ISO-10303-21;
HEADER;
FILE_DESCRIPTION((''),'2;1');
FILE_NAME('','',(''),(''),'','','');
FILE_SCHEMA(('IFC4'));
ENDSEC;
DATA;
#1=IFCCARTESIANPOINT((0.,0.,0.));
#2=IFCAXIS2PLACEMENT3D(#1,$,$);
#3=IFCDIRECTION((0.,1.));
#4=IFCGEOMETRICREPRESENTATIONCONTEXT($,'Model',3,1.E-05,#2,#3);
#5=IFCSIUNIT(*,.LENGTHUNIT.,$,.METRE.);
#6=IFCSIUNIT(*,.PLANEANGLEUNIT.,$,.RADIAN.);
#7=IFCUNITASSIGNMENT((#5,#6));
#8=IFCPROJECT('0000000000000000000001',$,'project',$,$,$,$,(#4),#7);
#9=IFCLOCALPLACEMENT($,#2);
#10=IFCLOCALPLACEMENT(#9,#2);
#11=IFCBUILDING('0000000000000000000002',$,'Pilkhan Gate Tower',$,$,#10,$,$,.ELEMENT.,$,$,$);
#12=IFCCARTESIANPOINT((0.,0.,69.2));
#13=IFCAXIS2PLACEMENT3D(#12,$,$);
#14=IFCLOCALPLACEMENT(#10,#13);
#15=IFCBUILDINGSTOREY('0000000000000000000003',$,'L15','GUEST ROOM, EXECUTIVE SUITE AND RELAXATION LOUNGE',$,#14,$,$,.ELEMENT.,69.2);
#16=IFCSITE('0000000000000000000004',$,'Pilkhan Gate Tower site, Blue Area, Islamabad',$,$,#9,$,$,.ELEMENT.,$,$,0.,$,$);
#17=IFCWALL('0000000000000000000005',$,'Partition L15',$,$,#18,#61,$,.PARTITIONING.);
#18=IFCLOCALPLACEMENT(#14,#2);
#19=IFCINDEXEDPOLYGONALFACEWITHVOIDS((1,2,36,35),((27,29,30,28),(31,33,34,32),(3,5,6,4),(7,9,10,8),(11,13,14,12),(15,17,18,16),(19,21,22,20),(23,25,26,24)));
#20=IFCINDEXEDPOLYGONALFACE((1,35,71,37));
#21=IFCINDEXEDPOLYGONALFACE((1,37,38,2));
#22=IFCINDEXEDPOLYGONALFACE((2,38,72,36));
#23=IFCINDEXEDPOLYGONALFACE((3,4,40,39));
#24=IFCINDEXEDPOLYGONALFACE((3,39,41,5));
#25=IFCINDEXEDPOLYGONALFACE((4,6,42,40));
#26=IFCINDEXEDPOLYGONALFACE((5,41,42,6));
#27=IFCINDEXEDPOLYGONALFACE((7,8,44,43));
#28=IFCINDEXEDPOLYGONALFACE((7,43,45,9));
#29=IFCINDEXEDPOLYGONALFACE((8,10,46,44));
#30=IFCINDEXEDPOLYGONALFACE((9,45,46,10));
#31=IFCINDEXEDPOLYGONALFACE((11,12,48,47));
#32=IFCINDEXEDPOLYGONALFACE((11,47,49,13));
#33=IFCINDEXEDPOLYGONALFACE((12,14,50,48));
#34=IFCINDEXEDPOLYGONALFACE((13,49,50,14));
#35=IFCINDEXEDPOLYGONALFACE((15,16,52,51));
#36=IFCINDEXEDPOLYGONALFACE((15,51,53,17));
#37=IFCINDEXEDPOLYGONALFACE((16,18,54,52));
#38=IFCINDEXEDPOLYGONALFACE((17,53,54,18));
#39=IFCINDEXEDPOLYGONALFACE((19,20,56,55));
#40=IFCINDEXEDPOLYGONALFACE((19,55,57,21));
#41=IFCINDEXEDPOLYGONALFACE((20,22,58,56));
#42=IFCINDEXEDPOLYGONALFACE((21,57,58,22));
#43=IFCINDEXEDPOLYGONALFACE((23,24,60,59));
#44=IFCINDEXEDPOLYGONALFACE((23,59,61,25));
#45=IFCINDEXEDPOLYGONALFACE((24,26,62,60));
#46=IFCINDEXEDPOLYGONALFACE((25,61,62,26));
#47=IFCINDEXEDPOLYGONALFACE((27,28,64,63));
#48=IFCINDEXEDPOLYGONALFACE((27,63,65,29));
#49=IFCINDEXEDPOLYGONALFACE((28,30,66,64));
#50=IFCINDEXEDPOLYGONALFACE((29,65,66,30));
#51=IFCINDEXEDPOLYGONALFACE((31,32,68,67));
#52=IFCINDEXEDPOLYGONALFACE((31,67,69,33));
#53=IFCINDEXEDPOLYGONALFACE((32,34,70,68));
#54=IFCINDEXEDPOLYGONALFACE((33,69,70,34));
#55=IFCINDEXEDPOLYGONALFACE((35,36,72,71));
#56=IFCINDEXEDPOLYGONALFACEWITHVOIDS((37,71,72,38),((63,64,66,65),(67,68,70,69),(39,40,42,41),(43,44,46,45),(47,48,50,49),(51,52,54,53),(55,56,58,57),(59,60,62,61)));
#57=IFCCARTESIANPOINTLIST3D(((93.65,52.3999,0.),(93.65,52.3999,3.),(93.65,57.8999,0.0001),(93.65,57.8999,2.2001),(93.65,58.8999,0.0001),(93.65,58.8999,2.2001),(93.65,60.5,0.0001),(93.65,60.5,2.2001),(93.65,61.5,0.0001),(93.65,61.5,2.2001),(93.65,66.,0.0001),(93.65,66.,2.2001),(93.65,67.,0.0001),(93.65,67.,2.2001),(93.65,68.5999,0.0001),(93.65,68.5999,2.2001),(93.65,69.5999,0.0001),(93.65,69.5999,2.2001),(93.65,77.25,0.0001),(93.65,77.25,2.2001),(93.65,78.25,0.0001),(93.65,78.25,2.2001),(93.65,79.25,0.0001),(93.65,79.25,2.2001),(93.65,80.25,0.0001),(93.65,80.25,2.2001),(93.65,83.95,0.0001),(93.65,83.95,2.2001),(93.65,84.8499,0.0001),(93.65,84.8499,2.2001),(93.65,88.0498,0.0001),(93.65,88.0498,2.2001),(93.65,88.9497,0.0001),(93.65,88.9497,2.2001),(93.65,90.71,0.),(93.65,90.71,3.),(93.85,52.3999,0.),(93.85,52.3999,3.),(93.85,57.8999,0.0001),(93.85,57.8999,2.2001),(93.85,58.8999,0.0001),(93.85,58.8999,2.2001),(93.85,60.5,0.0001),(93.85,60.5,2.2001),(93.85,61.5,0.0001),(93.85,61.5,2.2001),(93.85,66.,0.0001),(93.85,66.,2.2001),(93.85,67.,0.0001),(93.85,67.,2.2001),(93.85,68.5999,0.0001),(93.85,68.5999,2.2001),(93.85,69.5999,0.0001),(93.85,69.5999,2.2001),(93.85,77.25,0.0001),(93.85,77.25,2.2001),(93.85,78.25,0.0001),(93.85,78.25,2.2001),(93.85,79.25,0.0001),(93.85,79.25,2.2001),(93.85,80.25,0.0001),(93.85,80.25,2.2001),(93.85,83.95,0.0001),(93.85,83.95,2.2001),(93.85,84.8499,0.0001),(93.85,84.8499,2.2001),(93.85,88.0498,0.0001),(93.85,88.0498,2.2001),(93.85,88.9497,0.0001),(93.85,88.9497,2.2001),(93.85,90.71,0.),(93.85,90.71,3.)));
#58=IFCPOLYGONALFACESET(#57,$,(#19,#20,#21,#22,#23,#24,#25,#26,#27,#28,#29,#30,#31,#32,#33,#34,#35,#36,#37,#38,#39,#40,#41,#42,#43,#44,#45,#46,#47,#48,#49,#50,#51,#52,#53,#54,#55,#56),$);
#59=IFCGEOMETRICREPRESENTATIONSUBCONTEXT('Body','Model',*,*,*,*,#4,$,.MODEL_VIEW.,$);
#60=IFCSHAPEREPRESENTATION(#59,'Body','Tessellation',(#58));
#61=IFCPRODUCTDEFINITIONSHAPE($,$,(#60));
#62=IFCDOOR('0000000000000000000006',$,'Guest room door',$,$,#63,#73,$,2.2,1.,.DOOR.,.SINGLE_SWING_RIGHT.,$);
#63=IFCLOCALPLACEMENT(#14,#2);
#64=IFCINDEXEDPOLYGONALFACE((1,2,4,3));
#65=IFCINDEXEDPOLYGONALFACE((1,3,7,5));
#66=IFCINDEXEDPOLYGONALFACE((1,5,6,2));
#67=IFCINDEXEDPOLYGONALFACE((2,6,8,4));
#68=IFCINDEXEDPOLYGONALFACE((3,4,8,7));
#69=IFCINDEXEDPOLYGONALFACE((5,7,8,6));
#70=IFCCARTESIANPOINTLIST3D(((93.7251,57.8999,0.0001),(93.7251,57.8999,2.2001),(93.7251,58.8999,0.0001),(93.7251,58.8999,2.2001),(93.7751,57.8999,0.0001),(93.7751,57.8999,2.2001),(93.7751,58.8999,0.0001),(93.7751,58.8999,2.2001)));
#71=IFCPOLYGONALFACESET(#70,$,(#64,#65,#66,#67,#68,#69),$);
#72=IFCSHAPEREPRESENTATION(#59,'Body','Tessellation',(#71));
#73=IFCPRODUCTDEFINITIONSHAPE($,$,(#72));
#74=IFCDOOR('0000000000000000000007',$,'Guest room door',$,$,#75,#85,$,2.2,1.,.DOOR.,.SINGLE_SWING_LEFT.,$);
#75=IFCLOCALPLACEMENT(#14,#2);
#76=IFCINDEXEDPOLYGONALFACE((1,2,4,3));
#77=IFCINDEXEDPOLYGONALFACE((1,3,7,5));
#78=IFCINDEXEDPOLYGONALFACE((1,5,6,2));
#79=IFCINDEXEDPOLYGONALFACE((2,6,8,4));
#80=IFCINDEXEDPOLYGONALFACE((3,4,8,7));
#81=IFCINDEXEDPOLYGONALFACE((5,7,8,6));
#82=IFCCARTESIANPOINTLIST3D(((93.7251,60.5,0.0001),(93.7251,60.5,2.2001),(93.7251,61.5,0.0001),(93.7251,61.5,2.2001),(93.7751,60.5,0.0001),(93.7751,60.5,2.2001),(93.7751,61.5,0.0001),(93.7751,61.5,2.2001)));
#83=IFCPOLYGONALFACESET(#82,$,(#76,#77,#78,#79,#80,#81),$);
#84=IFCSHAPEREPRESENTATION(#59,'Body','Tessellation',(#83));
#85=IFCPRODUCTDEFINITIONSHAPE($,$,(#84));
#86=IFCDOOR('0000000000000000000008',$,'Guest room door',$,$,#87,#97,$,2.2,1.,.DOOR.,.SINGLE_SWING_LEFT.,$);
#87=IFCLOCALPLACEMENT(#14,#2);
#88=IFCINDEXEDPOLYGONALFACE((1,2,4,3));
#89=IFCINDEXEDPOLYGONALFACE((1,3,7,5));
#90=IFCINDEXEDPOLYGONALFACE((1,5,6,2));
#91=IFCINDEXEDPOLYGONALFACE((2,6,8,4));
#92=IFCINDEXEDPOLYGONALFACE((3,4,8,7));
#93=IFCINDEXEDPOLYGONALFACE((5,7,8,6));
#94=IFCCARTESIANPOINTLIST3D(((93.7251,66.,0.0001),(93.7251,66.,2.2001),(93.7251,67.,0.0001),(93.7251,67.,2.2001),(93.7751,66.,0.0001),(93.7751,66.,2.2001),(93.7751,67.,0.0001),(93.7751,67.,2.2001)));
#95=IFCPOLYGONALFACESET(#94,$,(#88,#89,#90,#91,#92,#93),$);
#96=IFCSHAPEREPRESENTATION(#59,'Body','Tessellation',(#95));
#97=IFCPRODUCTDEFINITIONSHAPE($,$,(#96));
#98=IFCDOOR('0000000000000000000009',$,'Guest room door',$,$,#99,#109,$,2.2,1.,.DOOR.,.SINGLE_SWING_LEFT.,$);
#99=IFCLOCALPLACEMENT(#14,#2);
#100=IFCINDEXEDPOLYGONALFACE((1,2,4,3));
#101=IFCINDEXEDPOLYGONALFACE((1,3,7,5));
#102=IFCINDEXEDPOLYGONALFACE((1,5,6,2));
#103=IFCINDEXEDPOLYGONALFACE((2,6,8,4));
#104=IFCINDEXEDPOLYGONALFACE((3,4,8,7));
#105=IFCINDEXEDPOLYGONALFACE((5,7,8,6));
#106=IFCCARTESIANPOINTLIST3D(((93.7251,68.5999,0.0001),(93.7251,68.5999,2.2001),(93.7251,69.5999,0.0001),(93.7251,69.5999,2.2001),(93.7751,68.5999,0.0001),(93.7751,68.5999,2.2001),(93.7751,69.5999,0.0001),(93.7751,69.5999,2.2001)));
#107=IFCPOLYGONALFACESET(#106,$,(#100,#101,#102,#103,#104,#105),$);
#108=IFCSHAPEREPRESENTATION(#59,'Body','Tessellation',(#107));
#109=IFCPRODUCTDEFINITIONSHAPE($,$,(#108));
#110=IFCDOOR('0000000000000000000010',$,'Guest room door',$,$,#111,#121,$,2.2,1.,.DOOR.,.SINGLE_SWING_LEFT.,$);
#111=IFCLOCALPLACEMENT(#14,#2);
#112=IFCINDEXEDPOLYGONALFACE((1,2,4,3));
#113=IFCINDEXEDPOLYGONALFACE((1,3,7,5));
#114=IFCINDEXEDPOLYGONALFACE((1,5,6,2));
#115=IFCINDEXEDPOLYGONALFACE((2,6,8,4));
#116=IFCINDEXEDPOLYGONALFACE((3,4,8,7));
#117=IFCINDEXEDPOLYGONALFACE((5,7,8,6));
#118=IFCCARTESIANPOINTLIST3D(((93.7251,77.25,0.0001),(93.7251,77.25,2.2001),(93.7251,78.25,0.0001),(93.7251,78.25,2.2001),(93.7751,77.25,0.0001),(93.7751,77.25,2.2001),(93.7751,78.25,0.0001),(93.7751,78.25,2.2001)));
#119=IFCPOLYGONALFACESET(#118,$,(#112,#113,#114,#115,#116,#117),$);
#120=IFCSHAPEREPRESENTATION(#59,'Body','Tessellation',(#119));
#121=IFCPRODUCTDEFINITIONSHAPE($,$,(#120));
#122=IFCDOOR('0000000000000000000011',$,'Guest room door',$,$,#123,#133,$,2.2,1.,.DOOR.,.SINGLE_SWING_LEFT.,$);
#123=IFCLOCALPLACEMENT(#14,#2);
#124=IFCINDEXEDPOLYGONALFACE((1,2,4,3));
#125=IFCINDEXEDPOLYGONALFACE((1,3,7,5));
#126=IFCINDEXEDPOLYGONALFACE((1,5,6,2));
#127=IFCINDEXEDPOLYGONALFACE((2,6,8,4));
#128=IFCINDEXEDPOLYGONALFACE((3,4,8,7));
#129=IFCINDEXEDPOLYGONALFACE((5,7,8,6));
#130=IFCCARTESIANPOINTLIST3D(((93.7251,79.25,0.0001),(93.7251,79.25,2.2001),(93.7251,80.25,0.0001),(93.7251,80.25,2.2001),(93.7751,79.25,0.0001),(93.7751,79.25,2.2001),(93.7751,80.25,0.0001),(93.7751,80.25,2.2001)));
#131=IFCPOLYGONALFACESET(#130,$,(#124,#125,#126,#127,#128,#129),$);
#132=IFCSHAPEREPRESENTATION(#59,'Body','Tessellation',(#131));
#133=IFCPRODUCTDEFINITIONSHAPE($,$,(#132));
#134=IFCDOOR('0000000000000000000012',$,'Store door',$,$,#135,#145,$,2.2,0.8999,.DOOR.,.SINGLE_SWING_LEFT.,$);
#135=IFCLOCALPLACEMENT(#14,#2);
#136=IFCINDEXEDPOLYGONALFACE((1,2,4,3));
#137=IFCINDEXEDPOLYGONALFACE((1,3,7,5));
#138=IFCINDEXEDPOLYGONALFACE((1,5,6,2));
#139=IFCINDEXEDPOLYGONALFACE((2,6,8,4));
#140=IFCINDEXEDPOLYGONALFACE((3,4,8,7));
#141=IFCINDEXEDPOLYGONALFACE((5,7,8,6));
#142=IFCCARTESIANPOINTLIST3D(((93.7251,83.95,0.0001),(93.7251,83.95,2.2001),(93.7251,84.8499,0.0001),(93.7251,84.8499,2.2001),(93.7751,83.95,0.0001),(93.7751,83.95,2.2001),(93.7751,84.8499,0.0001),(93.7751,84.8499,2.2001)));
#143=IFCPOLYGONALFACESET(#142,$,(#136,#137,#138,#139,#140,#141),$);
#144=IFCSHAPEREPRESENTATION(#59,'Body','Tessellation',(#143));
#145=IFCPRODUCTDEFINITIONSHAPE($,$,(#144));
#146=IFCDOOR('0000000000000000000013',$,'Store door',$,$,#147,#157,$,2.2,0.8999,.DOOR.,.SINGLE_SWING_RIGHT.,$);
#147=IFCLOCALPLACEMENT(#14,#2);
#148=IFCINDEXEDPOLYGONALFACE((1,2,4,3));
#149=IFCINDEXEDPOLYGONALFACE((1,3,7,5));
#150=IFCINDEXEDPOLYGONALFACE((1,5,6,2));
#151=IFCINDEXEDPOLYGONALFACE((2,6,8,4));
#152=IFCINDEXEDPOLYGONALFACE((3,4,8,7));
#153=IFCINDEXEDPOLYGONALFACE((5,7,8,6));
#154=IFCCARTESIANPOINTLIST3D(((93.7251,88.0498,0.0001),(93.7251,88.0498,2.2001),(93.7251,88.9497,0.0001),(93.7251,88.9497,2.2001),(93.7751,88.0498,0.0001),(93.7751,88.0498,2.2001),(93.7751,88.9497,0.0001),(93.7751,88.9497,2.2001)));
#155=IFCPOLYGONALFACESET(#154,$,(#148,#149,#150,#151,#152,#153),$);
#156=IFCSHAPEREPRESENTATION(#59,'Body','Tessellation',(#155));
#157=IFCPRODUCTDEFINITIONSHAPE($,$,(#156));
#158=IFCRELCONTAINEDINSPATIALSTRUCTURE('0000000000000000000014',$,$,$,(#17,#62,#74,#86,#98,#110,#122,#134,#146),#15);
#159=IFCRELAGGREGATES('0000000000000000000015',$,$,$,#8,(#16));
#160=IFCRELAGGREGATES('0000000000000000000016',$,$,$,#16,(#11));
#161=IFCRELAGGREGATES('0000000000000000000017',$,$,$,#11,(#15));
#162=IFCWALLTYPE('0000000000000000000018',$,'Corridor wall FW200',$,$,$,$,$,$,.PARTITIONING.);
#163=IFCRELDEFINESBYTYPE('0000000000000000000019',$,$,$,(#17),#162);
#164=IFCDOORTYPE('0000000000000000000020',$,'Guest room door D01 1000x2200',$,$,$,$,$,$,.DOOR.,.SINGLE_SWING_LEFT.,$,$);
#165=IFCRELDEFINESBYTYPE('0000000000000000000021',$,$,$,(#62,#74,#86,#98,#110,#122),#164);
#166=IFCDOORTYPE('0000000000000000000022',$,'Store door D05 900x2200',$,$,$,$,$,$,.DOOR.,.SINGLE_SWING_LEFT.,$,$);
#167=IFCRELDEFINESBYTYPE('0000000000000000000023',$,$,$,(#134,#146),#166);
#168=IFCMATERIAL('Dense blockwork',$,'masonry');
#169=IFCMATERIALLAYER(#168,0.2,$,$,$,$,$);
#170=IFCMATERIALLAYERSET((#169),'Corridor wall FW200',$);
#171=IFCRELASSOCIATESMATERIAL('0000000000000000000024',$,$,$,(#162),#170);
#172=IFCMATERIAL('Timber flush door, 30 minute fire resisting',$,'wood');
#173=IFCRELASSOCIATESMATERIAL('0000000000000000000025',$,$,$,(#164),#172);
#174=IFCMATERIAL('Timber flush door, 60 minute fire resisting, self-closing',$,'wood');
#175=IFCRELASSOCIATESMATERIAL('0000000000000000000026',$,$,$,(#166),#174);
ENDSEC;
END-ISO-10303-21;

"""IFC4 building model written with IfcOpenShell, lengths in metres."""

from ifc_helpers import new_model, si_unit, direction, frame, frame_2d, origin, place, context, subcontext, project, spatial, rectangle, extrude, material, layer, layer_set, type_object, element, fill, save


model = new_model("IFC4")

# Units and contexts
model_context = context("Model", 3, precision=1e-05, world=origin(), true_north=direction((0.0, 1.0)))
body_context = subcontext(model_context, "Body", "Model", "MODEL_VIEW")
ifc_project = project(units=[si_unit("LENGTHUNIT", "METRE"), si_unit("PLANEANGLEUNIT", "RADIAN")], contexts=[model_context])

# Site, building, storey
site_placement = place(None, origin())
site = spatial("IfcSite", under=ifc_project, at=site_placement, Name="Pilkhan Gate Tower site, Blue Area, Islamabad", CompositionType="ELEMENT", RefElevation=0.0)
building_placement = place(site_placement, origin())
building = spatial("IfcBuilding", under=site, at=building_placement, Name="Pilkhan Gate Tower", CompositionType="ELEMENT")
storey_placement = place(building_placement, frame((0.0, 0.0, 69.2)))
storey = spatial("IfcBuildingStorey", under=building, at=storey_placement, Name="L15", Description="GUEST ROOM, EXECUTIVE SUITE AND RELAXATION LOUNGE", CompositionType="ELEMENT", Elevation=69.2)

# Wall, openings, doors
ifc_material_1 = material(Name="Dense blockwork", Category="masonry")
ifc_layer_1 = layer(ifc_material_1, 0.2)
ifc_layer_set_1 = layer_set([ifc_layer_1], Name="Corridor wall FW200")
wall_type_1 = type_object("IfcWallType", Name="Corridor wall FW200", PredefinedType="PARTITIONING", material=ifc_layer_set_1)
ifc_material_2 = material(Name="Timber flush door, 30 minute fire resisting", Category="wood")
wall_1_placement = place(storey_placement, frame((93.75, 52.3999, 0.0), z_axis=(0.0, 0.0, 1.0), x_axis=(0.0, 1.0, 0.0)))
wall_1 = element("IfcWall", 1, at=wall_1_placement, inside=storey, type_object=wall_type_1, Name="Partition L15", PredefinedType="PARTITIONING", context=body_context, shape_type="SweptSolid", body=[
    extrude(rectangle(XDim=38.3101, YDim=0.2, at=frame_2d((19.155, 0.0))), origin(), (0.0, 0.0, 1.0), 3.0),
])
opening_1_placement = place(wall_1_placement, frame((5.5, 0.0, 0.0)))
opening_1 = element("IfcOpeningElement", 2, at=opening_1_placement, cuts=wall_1, PredefinedType="OPENING", context=body_context, shape_type="SweptSolid", body=[
    extrude(rectangle(XDim=1.0, YDim=2.2, at=frame_2d((0.5, 1.1001))), frame((0.0, 0.1099, 0.0), z_axis=(0.0, -1.0, 0.0), x_axis=(1.0, 0.0, 0.0)), (0.0, 0.0, 1.0), 0.22),
])
opening_2_placement = place(wall_1_placement, frame((8.1001, 0.0, 0.0)))
opening_2 = element("IfcOpeningElement", 3, at=opening_2_placement, cuts=wall_1, PredefinedType="OPENING", context=body_context, shape_type="SweptSolid", body=[
    extrude(rectangle(XDim=1.0, YDim=2.2, at=frame_2d((0.5, 1.1001))), frame((0.0, 0.1099, 0.0), z_axis=(0.0, -1.0, 0.0), x_axis=(1.0, 0.0, 0.0)), (0.0, 0.0, 1.0), 0.22),
])
opening_3_placement = place(wall_1_placement, frame((13.6001, 0.0, 0.0)))
opening_3 = element("IfcOpeningElement", 4, at=opening_3_placement, cuts=wall_1, PredefinedType="OPENING", context=body_context, shape_type="SweptSolid", body=[
    extrude(rectangle(XDim=1.0, YDim=2.2, at=frame_2d((0.5, 1.1001))), frame((0.0, 0.1099, 0.0), z_axis=(0.0, -1.0, 0.0), x_axis=(1.0, 0.0, 0.0)), (0.0, 0.0, 1.0), 0.22),
])
opening_4_placement = place(wall_1_placement, frame((16.2, 0.0, 0.0)))
opening_4 = element("IfcOpeningElement", 5, at=opening_4_placement, cuts=wall_1, PredefinedType="OPENING", context=body_context, shape_type="SweptSolid", body=[
    extrude(rectangle(XDim=1.0, YDim=2.2, at=frame_2d((0.5, 1.1001))), frame((0.0, 0.1099, 0.0), z_axis=(0.0, -1.0, 0.0), x_axis=(1.0, 0.0, 0.0)), (0.0, 0.0, 1.0), 0.22),
])
opening_5_placement = place(wall_1_placement, frame((24.8501, 0.0, 0.0)))
opening_5 = element("IfcOpeningElement", 6, at=opening_5_placement, cuts=wall_1, PredefinedType="OPENING", context=body_context, shape_type="SweptSolid", body=[
    extrude(rectangle(XDim=1.0, YDim=2.2, at=frame_2d((0.5, 1.1001))), frame((0.0, 0.1099, 0.0), z_axis=(0.0, -1.0, 0.0), x_axis=(1.0, 0.0, 0.0)), (0.0, 0.0, 1.0), 0.22),
])
opening_6_placement = place(wall_1_placement, frame((26.8501, 0.0, 0.0)))
opening_6 = element("IfcOpeningElement", 7, at=opening_6_placement, cuts=wall_1, PredefinedType="OPENING", context=body_context, shape_type="SweptSolid", body=[
    extrude(rectangle(XDim=1.0, YDim=2.2, at=frame_2d((0.5, 1.1001))), frame((0.0, 0.1099, 0.0), z_axis=(0.0, -1.0, 0.0), x_axis=(1.0, 0.0, 0.0)), (0.0, 0.0, 1.0), 0.22),
])
opening_7_placement = place(wall_1_placement, frame((31.55, 0.0, 0.0)))
opening_7 = element("IfcOpeningElement", 8, at=opening_7_placement, cuts=wall_1, PredefinedType="OPENING", context=body_context, shape_type="SweptSolid", body=[
    extrude(rectangle(XDim=0.8999, YDim=2.2, at=frame_2d((0.45, 1.1001))), frame((0.0, 0.1099, 0.0), z_axis=(0.0, -1.0, 0.0), x_axis=(1.0, 0.0, 0.0)), (0.0, 0.0, 1.0), 0.22),
])
opening_8_placement = place(wall_1_placement, frame((35.6499, 0.0, 0.0)))
opening_8 = element("IfcOpeningElement", 9, at=opening_8_placement, cuts=wall_1, PredefinedType="OPENING", context=body_context, shape_type="SweptSolid", body=[
    extrude(rectangle(XDim=0.8999, YDim=2.2, at=frame_2d((0.45, 1.1001))), frame((0.0, 0.1099, 0.0), z_axis=(0.0, -1.0, 0.0), x_axis=(1.0, 0.0, 0.0)), (0.0, 0.0, 1.0), 0.22),
])
door_type_1 = type_object("IfcDoorType", Name="Guest room door D01 1000x2200", OperationType="SINGLE_SWING_LEFT", PredefinedType="DOOR", material=ifc_material_2)
door_1_placement = place(opening_1_placement, origin())
door_1 = element("IfcDoor", 10, at=door_1_placement, inside=storey, type_object=door_type_1, Name="Guest room door", OperationType="SINGLE_SWING_RIGHT", OverallHeight=2.2, OverallWidth=1.0, PredefinedType="DOOR", context=body_context, shape_type="SweptSolid", body=[
    extrude(rectangle(XDim=1.0, YDim=2.2, at=frame_2d((0.5, 1.1001))), frame((0.0, 0.0249, 0.0), z_axis=(0.0, -1.0, 0.0), x_axis=(1.0, 0.0, 0.0)), (0.0, 0.0, 1.0), 0.05),
])
fill(opening_1, door_1)
door_2_placement = place(opening_2_placement, origin())
door_2 = element("IfcDoor", 11, at=door_2_placement, inside=storey, type_object=door_type_1, Name="Guest room door", OperationType="SINGLE_SWING_LEFT", OverallHeight=2.2, OverallWidth=1.0, PredefinedType="DOOR", context=body_context, shape_type="SweptSolid", body=[
    extrude(rectangle(XDim=1.0, YDim=2.2, at=frame_2d((0.5, 1.1001))), frame((0.0, 0.0249, 0.0), z_axis=(0.0, -1.0, 0.0), x_axis=(1.0, 0.0, 0.0)), (0.0, 0.0, 1.0), 0.05),
])
fill(opening_2, door_2)
door_3_placement = place(opening_3_placement, origin())
door_3 = element("IfcDoor", 12, at=door_3_placement, inside=storey, type_object=door_type_1, Name="Guest room door", OperationType="SINGLE_SWING_LEFT", OverallHeight=2.2, OverallWidth=1.0, PredefinedType="DOOR", context=body_context, shape_type="SweptSolid", body=[
    extrude(rectangle(XDim=1.0, YDim=2.2, at=frame_2d((0.5, 1.1001))), frame((0.0, 0.0249, 0.0), z_axis=(0.0, -1.0, 0.0), x_axis=(1.0, 0.0, 0.0)), (0.0, 0.0, 1.0), 0.05),
])
fill(opening_3, door_3)
door_4_placement = place(opening_4_placement, origin())
door_4 = element("IfcDoor", 13, at=door_4_placement, inside=storey, type_object=door_type_1, Name="Guest room door", OperationType="SINGLE_SWING_LEFT", OverallHeight=2.2, OverallWidth=1.0, PredefinedType="DOOR", context=body_context, shape_type="SweptSolid", body=[
    extrude(rectangle(XDim=1.0, YDim=2.2, at=frame_2d((0.5, 1.1001))), frame((0.0, 0.0249, 0.0), z_axis=(0.0, -1.0, 0.0), x_axis=(1.0, 0.0, 0.0)), (0.0, 0.0, 1.0), 0.05),
])
fill(opening_4, door_4)
door_5_placement = place(opening_5_placement, origin())
door_5 = element("IfcDoor", 14, at=door_5_placement, inside=storey, type_object=door_type_1, Name="Guest room door", OperationType="SINGLE_SWING_LEFT", OverallHeight=2.2, OverallWidth=1.0, PredefinedType="DOOR", context=body_context, shape_type="SweptSolid", body=[
    extrude(rectangle(XDim=1.0, YDim=2.2, at=frame_2d((0.5, 1.1001))), frame((0.0, 0.0249, 0.0), z_axis=(0.0, -1.0, 0.0), x_axis=(1.0, 0.0, 0.0)), (0.0, 0.0, 1.0), 0.05),
])
fill(opening_5, door_5)
door_6_placement = place(opening_6_placement, origin())
door_6 = element("IfcDoor", 15, at=door_6_placement, inside=storey, type_object=door_type_1, Name="Guest room door", OperationType="SINGLE_SWING_LEFT", OverallHeight=2.2, OverallWidth=1.0, PredefinedType="DOOR", context=body_context, shape_type="SweptSolid", body=[
    extrude(rectangle(XDim=1.0, YDim=2.2, at=frame_2d((0.5, 1.1001))), frame((0.0, 0.0249, 0.0), z_axis=(0.0, -1.0, 0.0), x_axis=(1.0, 0.0, 0.0)), (0.0, 0.0, 1.0), 0.05),
])
fill(opening_6, door_6)
ifc_material_3 = material(Name="Timber flush door, 60 minute fire resisting, self-closing", Category="wood")
door_type_2 = type_object("IfcDoorType", Name="Store door D05 900x2200", OperationType="SINGLE_SWING_LEFT", PredefinedType="DOOR", material=ifc_material_3)
door_7_placement = place(opening_7_placement, origin())
door_7 = element("IfcDoor", 16, at=door_7_placement, inside=storey, type_object=door_type_2, Name="Store door", OperationType="SINGLE_SWING_LEFT", OverallHeight=2.2, OverallWidth=0.8999, PredefinedType="DOOR", context=body_context, shape_type="SweptSolid", body=[
    extrude(rectangle(XDim=0.8999, YDim=2.2, at=frame_2d((0.45, 1.1001))), frame((0.0, 0.0249, 0.0), z_axis=(0.0, -1.0, 0.0), x_axis=(1.0, 0.0, 0.0)), (0.0, 0.0, 1.0), 0.05),
])
fill(opening_7, door_7)
door_8_placement = place(opening_8_placement, origin())
door_8 = element("IfcDoor", 17, at=door_8_placement, inside=storey, type_object=door_type_2, Name="Store door", OperationType="SINGLE_SWING_RIGHT", OverallHeight=2.2, OverallWidth=0.8999, PredefinedType="DOOR", context=body_context, shape_type="SweptSolid", body=[
    extrude(rectangle(XDim=0.8999, YDim=2.2, at=frame_2d((0.45, 1.1001))), frame((0.0, 0.0249, 0.0), z_axis=(0.0, -1.0, 0.0), x_axis=(1.0, 0.0, 0.0)), (0.0, 0.0, 1.0), 0.05),
])
fill(opening_8, door_8)

save(model, "model.ifc")
